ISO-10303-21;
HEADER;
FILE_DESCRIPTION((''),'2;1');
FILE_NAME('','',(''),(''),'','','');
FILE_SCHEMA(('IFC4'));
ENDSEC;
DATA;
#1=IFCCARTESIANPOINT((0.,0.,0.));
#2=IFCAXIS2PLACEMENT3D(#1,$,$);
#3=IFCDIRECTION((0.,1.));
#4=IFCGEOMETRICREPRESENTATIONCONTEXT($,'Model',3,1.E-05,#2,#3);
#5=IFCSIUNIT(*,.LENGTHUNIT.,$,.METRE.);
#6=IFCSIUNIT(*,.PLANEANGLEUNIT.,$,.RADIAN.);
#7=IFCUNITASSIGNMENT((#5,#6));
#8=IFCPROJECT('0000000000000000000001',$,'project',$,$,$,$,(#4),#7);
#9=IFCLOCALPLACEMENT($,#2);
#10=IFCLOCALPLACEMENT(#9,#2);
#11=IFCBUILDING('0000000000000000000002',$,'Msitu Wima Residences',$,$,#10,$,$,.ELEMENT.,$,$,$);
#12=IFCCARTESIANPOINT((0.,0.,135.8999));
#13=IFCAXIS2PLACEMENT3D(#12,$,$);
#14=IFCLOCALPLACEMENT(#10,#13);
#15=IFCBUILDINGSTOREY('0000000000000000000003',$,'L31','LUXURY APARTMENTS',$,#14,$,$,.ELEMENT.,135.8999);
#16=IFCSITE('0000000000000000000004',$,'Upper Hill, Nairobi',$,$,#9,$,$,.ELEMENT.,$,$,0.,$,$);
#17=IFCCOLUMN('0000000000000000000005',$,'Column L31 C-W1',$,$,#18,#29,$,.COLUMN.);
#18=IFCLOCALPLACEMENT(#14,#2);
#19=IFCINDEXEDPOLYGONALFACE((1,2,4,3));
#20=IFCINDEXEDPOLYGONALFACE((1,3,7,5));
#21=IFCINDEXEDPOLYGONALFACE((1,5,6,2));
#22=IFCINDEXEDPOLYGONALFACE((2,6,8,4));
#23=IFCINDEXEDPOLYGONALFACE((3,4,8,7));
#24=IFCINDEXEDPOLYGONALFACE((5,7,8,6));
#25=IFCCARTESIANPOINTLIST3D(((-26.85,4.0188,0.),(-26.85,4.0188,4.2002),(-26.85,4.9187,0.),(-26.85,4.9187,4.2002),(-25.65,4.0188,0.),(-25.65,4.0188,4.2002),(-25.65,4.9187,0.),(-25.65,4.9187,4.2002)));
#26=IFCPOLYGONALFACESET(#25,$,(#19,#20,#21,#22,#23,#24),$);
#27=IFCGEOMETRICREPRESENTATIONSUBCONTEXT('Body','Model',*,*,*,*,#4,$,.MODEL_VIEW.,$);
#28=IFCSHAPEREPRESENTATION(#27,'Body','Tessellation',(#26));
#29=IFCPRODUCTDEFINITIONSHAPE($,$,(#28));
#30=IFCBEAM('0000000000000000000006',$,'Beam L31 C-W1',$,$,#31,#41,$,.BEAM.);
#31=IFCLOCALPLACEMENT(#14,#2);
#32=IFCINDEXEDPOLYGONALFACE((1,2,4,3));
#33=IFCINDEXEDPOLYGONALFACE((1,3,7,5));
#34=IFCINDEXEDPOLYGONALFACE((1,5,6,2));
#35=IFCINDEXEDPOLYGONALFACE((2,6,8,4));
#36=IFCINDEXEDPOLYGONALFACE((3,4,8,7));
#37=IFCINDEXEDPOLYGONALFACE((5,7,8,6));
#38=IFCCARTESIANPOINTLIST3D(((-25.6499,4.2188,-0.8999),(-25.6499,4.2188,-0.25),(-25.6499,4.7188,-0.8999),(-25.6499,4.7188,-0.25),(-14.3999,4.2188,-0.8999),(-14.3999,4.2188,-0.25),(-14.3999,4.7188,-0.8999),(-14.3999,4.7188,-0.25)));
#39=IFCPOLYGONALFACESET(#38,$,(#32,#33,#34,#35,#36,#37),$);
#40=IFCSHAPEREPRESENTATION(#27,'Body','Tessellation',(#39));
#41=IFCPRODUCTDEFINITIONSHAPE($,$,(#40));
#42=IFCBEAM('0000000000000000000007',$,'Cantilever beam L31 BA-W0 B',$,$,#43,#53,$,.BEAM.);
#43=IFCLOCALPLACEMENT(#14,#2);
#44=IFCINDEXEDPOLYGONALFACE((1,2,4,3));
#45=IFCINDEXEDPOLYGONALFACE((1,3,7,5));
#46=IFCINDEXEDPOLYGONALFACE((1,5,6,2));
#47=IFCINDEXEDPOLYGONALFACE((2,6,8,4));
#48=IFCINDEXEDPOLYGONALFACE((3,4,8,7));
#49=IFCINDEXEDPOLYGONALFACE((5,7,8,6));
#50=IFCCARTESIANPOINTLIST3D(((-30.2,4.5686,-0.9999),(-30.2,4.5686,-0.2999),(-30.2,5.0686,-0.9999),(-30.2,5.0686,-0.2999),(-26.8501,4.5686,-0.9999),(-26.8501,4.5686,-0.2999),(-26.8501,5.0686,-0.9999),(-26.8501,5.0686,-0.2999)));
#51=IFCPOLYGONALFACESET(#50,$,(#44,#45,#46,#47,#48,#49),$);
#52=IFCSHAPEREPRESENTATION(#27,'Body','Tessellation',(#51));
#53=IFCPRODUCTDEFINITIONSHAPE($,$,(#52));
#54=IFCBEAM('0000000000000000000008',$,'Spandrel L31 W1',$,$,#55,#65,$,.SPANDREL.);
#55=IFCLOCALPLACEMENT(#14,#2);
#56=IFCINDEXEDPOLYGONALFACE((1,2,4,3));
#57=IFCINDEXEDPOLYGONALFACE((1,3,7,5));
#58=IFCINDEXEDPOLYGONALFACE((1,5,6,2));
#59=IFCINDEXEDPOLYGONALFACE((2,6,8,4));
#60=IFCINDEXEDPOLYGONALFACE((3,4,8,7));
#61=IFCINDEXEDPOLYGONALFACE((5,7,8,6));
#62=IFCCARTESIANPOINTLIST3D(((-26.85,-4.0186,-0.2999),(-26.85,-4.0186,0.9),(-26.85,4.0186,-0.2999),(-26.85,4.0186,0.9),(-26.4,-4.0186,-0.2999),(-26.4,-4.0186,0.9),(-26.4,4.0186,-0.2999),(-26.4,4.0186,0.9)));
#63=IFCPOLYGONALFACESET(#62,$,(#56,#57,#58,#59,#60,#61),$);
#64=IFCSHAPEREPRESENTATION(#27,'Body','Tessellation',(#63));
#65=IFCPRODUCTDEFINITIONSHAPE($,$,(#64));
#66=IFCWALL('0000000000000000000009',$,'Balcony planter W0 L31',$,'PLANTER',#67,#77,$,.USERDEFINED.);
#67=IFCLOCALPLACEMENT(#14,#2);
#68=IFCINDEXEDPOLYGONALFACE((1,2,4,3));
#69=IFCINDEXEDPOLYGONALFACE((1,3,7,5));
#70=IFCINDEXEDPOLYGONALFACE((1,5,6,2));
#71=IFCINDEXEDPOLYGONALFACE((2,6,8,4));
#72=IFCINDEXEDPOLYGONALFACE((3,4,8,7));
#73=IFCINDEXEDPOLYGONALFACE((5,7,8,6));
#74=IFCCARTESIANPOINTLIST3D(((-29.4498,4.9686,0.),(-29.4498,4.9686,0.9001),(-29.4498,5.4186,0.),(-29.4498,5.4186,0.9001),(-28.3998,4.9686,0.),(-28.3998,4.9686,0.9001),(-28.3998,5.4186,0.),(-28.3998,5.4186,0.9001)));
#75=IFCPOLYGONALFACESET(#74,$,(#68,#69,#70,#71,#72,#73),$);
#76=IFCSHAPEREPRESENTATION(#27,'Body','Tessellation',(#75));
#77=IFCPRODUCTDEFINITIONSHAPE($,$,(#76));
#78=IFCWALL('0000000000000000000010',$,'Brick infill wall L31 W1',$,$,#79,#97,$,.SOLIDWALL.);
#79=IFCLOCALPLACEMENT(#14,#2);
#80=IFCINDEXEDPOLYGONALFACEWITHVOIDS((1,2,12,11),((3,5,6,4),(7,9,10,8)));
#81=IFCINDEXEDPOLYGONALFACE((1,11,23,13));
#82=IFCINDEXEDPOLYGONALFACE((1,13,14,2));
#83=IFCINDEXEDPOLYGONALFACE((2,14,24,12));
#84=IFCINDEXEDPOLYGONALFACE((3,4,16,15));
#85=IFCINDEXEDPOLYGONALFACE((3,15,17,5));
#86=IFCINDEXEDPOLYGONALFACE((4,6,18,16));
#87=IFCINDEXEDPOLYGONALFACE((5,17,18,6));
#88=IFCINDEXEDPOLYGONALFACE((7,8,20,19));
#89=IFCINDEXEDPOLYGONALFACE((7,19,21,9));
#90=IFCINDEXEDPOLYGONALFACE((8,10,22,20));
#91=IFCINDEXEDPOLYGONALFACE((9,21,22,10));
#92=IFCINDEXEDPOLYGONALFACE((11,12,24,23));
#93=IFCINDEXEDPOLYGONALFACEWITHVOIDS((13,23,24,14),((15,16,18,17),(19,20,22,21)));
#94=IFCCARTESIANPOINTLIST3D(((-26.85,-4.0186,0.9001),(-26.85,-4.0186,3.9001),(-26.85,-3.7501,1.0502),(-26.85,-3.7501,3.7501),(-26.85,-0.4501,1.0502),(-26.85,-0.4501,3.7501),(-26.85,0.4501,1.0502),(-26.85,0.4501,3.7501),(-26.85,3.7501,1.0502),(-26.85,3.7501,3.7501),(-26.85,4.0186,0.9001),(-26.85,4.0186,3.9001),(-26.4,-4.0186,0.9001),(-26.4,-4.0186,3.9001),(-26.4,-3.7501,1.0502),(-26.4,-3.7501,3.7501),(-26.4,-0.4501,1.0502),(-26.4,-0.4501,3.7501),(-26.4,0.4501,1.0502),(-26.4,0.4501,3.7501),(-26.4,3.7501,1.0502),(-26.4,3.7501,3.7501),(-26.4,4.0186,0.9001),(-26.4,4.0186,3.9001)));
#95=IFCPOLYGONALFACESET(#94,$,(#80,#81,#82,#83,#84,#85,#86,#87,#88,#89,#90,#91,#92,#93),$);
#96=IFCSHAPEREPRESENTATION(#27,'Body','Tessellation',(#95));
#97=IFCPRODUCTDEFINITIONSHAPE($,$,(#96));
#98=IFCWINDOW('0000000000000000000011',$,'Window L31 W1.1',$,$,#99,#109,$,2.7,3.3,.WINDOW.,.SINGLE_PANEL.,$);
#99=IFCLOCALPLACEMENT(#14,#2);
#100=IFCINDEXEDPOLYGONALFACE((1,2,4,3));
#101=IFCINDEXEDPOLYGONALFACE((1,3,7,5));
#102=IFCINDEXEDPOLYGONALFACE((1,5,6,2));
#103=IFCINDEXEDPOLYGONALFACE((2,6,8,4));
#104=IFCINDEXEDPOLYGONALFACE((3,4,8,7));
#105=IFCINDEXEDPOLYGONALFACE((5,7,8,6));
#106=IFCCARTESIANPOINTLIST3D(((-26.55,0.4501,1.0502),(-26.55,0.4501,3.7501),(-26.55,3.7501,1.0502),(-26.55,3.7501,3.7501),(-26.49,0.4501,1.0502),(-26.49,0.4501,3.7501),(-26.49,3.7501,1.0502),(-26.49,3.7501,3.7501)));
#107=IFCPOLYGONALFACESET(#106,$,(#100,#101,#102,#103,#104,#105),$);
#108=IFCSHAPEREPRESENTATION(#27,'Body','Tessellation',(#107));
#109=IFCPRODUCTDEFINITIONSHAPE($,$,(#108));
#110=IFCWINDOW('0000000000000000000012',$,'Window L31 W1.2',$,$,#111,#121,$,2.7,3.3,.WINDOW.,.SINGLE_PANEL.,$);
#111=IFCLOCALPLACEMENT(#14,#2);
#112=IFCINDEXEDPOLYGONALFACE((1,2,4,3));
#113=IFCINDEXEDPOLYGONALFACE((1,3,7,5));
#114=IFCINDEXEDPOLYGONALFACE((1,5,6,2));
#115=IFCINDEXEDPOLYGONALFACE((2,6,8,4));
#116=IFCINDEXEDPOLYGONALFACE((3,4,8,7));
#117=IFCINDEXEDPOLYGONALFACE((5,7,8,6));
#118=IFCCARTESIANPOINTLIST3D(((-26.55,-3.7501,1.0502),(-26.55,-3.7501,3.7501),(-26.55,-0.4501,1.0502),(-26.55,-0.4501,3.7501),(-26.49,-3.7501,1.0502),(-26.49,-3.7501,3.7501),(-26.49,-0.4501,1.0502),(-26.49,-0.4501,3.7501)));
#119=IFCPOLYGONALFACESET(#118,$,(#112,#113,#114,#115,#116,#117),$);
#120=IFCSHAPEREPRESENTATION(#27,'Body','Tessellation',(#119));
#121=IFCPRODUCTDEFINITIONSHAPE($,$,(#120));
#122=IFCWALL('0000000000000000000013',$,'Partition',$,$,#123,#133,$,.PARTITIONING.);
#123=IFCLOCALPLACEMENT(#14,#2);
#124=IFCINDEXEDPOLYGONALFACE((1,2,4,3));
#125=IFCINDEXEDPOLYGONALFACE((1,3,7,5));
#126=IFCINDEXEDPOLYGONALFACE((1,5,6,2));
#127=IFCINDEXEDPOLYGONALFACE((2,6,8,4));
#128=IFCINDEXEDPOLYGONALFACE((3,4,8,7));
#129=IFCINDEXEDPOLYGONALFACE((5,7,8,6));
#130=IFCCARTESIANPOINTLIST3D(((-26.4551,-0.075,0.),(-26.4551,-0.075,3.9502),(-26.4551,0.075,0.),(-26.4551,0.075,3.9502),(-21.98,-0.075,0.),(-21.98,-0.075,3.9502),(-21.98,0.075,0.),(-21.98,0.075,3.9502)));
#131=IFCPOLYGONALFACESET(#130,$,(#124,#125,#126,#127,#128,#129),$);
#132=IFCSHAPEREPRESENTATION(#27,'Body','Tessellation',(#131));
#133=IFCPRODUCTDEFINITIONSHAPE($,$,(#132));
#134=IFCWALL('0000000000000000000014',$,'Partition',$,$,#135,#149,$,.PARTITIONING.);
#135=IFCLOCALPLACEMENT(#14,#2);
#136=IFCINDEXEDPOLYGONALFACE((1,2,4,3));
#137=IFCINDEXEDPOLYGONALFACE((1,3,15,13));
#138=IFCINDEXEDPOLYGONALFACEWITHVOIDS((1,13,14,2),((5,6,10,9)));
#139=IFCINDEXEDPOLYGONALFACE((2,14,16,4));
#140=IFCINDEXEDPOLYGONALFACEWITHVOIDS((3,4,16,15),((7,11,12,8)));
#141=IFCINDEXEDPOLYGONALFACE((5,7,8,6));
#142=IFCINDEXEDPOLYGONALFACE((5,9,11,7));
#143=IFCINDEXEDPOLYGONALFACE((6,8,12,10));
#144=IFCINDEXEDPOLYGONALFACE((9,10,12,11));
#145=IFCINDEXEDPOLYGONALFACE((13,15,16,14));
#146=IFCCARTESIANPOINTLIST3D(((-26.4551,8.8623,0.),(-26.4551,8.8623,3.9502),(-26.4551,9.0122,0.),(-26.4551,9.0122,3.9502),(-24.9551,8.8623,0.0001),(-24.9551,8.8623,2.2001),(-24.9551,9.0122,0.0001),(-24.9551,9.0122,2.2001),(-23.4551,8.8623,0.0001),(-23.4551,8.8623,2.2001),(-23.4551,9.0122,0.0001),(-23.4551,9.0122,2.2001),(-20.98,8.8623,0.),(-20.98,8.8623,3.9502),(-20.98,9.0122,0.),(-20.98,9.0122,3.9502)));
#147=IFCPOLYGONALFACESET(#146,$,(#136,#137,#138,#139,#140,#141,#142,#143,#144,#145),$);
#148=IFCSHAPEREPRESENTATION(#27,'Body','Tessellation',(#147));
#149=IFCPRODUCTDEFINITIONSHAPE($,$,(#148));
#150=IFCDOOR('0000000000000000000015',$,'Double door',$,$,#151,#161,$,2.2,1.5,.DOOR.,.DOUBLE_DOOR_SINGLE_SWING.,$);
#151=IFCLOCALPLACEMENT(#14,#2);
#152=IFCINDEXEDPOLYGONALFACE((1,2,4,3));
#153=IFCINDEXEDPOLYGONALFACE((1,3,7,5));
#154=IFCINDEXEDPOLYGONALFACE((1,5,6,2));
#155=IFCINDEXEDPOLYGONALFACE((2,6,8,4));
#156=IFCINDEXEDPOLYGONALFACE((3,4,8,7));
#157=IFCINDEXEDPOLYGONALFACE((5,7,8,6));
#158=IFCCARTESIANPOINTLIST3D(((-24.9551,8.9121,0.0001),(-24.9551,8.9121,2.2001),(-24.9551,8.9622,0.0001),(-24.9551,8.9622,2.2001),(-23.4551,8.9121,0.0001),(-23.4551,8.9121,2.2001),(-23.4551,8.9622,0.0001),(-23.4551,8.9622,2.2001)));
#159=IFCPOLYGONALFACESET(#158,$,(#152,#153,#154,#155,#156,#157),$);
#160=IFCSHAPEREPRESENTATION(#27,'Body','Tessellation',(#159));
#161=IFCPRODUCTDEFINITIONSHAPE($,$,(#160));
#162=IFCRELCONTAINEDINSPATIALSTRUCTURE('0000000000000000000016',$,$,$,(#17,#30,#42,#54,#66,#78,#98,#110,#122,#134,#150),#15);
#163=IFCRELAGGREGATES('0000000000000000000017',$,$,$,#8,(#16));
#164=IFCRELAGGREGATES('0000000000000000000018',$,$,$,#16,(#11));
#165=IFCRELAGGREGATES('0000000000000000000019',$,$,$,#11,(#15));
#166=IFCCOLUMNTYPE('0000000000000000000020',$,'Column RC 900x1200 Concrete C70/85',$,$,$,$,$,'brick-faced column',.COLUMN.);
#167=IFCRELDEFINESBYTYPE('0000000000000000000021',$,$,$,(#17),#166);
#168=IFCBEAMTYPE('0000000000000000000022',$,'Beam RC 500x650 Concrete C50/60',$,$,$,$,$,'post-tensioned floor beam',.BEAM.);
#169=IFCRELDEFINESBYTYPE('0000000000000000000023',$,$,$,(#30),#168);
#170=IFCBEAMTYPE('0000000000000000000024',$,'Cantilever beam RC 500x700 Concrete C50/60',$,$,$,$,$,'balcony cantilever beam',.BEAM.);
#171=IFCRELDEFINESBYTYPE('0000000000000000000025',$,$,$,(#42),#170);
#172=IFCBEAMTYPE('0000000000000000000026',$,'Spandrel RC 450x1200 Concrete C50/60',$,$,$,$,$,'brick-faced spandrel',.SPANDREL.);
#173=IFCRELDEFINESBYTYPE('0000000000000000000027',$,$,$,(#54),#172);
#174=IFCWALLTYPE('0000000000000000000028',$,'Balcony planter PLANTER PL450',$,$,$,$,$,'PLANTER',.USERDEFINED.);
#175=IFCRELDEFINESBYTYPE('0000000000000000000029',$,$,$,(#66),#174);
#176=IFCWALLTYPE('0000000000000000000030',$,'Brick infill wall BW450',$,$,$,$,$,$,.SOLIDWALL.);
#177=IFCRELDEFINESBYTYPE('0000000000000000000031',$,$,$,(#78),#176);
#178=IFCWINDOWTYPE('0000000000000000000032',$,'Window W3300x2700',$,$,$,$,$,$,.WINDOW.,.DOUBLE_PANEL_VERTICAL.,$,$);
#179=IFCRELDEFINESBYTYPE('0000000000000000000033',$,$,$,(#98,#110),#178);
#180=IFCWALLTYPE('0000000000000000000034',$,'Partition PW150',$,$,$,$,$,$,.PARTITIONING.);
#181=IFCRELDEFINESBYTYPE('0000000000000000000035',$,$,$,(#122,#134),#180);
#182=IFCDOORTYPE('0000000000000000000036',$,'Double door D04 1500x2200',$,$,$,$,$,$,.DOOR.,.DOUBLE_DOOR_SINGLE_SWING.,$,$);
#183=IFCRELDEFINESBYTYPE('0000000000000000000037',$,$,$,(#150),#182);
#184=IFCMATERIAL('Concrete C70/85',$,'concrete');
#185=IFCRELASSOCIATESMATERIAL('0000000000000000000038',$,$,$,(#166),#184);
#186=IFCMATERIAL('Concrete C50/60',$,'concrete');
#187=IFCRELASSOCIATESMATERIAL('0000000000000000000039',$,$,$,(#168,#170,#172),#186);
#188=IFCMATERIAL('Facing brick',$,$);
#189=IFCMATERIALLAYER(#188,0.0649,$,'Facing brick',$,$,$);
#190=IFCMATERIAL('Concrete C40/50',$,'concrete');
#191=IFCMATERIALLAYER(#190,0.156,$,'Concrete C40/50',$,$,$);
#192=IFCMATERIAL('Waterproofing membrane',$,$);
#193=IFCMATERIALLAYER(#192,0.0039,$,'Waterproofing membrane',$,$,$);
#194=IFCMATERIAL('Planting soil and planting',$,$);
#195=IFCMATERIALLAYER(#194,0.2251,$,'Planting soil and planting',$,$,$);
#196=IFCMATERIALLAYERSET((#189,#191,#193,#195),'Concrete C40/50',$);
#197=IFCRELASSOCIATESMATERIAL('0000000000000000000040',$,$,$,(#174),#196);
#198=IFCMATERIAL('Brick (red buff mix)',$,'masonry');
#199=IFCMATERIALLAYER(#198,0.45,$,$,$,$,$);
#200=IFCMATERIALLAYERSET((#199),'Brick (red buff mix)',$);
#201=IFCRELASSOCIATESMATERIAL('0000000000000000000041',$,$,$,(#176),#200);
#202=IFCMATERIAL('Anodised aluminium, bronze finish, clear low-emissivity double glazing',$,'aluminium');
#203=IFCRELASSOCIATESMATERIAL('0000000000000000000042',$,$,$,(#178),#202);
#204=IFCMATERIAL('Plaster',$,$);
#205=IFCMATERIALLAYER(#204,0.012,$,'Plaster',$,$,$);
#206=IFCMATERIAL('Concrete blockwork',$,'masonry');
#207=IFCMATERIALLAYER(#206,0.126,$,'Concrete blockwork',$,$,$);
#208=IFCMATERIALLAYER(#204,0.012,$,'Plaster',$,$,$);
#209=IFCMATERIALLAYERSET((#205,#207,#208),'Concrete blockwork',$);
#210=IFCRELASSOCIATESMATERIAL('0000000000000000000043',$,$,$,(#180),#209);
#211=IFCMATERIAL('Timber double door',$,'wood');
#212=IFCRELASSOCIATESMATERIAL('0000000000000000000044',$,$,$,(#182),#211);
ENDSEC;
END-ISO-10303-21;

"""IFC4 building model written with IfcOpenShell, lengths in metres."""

from ifc_helpers import new_model, si_unit, direction, frame, frame_2d, origin, origin_2d, place, context, subcontext, project, spatial, rectangle, extrude, material, layer, layer_set, material_profile, profile_set, type_object, element, fill, save


model = new_model("IFC4")

# Units and contexts
model_context = context("Model", 3, precision=1e-05, world=origin(), true_north=direction((0.0, 1.0)))
body_context = subcontext(model_context, "Body", "Model", "MODEL_VIEW")
ifc_project = project(units=[si_unit("LENGTHUNIT", "METRE"), si_unit("PLANEANGLEUNIT", "RADIAN")], contexts=[model_context])

# Site, building, storey
site_placement = place(None, origin())
site = spatial("IfcSite", under=ifc_project, at=site_placement, Name="Upper Hill, Nairobi", CompositionType="ELEMENT", RefElevation=0.0)
building_placement = place(site_placement, origin())
building = spatial("IfcBuilding", under=site, at=building_placement, Name="Msitu Wima Residences", CompositionType="ELEMENT")
storey_placement = place(building_placement, frame((0.0, 0.0, 135.8999)))
storey = spatial("IfcBuildingStorey", under=building, at=storey_placement, Name="L31", Description="LUXURY APARTMENTS", CompositionType="ELEMENT", Elevation=135.8999)

# Column
ifc_material_1 = material(Name="Concrete C70/85", Category="concrete")
ifc_material_profile_1 = material_profile(ifc_material_1, rectangle(XDim=0.8999, YDim=1.2, at=origin_2d()), Name="RC 900x1200")
ifc_profile_set_1 = profile_set([ifc_material_profile_1], Name="Concrete C70/85")
column_type = type_object("IfcColumnType", Name="Column RC 900x1200 Concrete C70/85", ElementType="brick-faced column", PredefinedType="COLUMN", material=ifc_profile_set_1)
column_placement = place(storey_placement, frame((-26.25, 4.4688, 0.0), z_axis=(0.0, 0.0, 1.0), x_axis=(0.0, -1.0, 0.0)))
element("IfcColumn", 1, at=column_placement, inside=storey, type_object=column_type, Name="Column L31 C-W1", PredefinedType="COLUMN", context=body_context, shape_type="SweptSolid", body=[
    extrude(rectangle(XDim=0.8999, YDim=1.2, at=origin_2d()), origin(), (0.0, 0.0, 1.0), 4.2002),
])

# Beams
ifc_material_2 = material(Name="Concrete C50/60", Category="concrete")
ifc_material_profile_2 = material_profile(ifc_material_2, rectangle(XDim=0.5, YDim=0.6499, at=origin_2d()), Name="RC 500x650")
ifc_profile_set_2 = profile_set([ifc_material_profile_2], Name="Concrete C50/60")
beam_type_1 = type_object("IfcBeamType", Name="Beam RC 500x650 Concrete C50/60", ElementType="post-tensioned floor beam", PredefinedType="BEAM", material=ifc_profile_set_2)
beam_1_placement = place(storey_placement, frame((-25.6499, 4.4688, -0.575), z_axis=(1.0, 0.0, 0.0), x_axis=(0.0, 1.0, 0.0)))
element("IfcBeam", 2, at=beam_1_placement, inside=storey, type_object=beam_type_1, Name="Beam L31 C-W1", PredefinedType="BEAM", context=body_context, shape_type="SweptSolid", body=[
    extrude(rectangle(XDim=0.5, YDim=0.6499, at=origin_2d()), origin(), (0.0, 0.0, 1.0), 11.25),
])
ifc_material_profile_3 = material_profile(ifc_material_2, rectangle(XDim=0.5, YDim=0.7, at=origin_2d()), Name="RC 500x700")
ifc_profile_set_3 = profile_set([ifc_material_profile_3], Name="Concrete C50/60")
beam_type_2 = type_object("IfcBeamType", Name="Cantilever beam RC 500x700 Concrete C50/60", ElementType="balcony cantilever beam", PredefinedType="BEAM", material=ifc_profile_set_3)
beam_2_placement = place(storey_placement, frame((-26.8501, 4.8186, -0.6499), z_axis=(-1.0, 0.0, 0.0), x_axis=(0.0, -1.0, 0.0)))
element("IfcBeam", 3, at=beam_2_placement, inside=storey, type_object=beam_type_2, Name="Cantilever beam L31 BA-W0 B", PredefinedType="BEAM", context=body_context, shape_type="SweptSolid", body=[
    extrude(rectangle(XDim=0.5, YDim=0.7, at=origin_2d()), origin(), (0.0, 0.0, 1.0), 3.3499),
])
ifc_material_profile_4 = material_profile(ifc_material_2, rectangle(XDim=0.45, YDim=1.2, at=origin_2d()), Name="RC 450x1200")
ifc_profile_set_4 = profile_set([ifc_material_profile_4], Name="Concrete C50/60")
beam_type_3 = type_object("IfcBeamType", Name="Spandrel RC 450x1200 Concrete C50/60", ElementType="brick-faced spandrel", PredefinedType="SPANDREL", material=ifc_profile_set_4)
beam_3_placement = place(storey_placement, frame((-26.625, 4.0186, 0.3), z_axis=(0.0, -1.0, 0.0), x_axis=(1.0, 0.0, 0.0)))
element("IfcBeam", 4, at=beam_3_placement, inside=storey, type_object=beam_type_3, Name="Spandrel L31 W1", PredefinedType="SPANDREL", context=body_context, shape_type="SweptSolid", body=[
    extrude(rectangle(XDim=0.45, YDim=1.2, at=origin_2d()), origin(), (0.0, 0.0, 1.0), 8.0371),
])

# Wall
ifc_material_3 = material(Name="Facing brick")
ifc_layer_1 = layer(ifc_material_3, 0.0649, Name="Facing brick")
ifc_material_4 = material(Name="Concrete C40/50", Category="concrete")
ifc_layer_2 = layer(ifc_material_4, 0.156, Name="Concrete C40/50")
ifc_material_5 = material(Name="Waterproofing membrane")
ifc_layer_3 = layer(ifc_material_5, 0.0039, Name="Waterproofing membrane")
ifc_material_6 = material(Name="Planting soil and planting")
ifc_layer_4 = layer(ifc_material_6, 0.2251, Name="Planting soil and planting")
ifc_layer_set_1 = layer_set([ifc_layer_1, ifc_layer_2, ifc_layer_3, ifc_layer_4], Name="Concrete C40/50")
wall_type_1 = type_object("IfcWallType", Name="Balcony planter PLANTER PL450", ElementType="PLANTER", PredefinedType="USERDEFINED", material=ifc_layer_set_1)
wall_1_placement = place(storey_placement, frame((-28.3999, 5.1936, 0.0), z_axis=(0.0, 0.0, 1.0), x_axis=(-1.0, 0.0, 0.0)))
element("IfcWall", 5, at=wall_1_placement, inside=storey, type_object=wall_type_1, Name="Balcony planter W0 L31", ObjectType="PLANTER", PredefinedType="USERDEFINED", context=body_context, shape_type="SweptSolid", body=[
    extrude(rectangle(XDim=1.05, YDim=0.45, at=frame_2d((0.5249, 0.0))), origin(), (0.0, 0.0, 1.0), 0.9001),
])

# Wall, openings, windows
ifc_material_7 = material(Name="Brick (red buff mix)", Category="masonry")
ifc_layer_5 = layer(ifc_material_7, 0.45)
ifc_layer_set_2 = layer_set([ifc_layer_5], Name="Brick (red buff mix)")
wall_type_2 = type_object("IfcWallType", Name="Brick infill wall BW450", PredefinedType="SOLIDWALL", material=ifc_layer_set_2)
wall_2_placement = place(storey_placement, frame((-26.625, 4.0186, 0.9001), z_axis=(0.0, 0.0, 1.0), x_axis=(0.0, -1.0, 0.0)))
wall_2 = element("IfcWall", 6, at=wall_2_placement, inside=storey, type_object=wall_type_2, Name="Brick infill wall L31 W1", PredefinedType="SOLIDWALL", context=body_context, shape_type="SweptSolid", body=[
    extrude(rectangle(XDim=8.0371, YDim=0.45, at=frame_2d((4.0186, 0.0))), origin(), (0.0, 0.0, 1.0), 3.0),
])
opening_1_placement = place(wall_2_placement, frame((0.2686, 0.0, 0.1499)))
opening_1 = element("IfcOpeningElement", 7, at=opening_1_placement, cuts=wall_2, PredefinedType="OPENING", context=body_context, shape_type="SweptSolid", body=[
    extrude(rectangle(XDim=3.3, YDim=2.7, at=frame_2d((1.6499, 1.3501))), frame((0.0, 0.2349, 0.0), z_axis=(0.0, -1.0, 0.0), x_axis=(1.0, 0.0, 0.0)), (0.0, 0.0, 1.0), 0.47),
])
opening_2_placement = place(wall_2_placement, frame((4.4688, 0.0, 0.1499)))
opening_2 = element("IfcOpeningElement", 8, at=opening_2_placement, cuts=wall_2, PredefinedType="OPENING", context=body_context, shape_type="SweptSolid", body=[
    extrude(rectangle(XDim=3.3, YDim=2.7, at=frame_2d((1.6499, 1.3501))), frame((0.0, 0.2349, 0.0), z_axis=(0.0, -1.0, 0.0), x_axis=(1.0, 0.0, 0.0)), (0.0, 0.0, 1.0), 0.47),
])
ifc_material_8 = material(Name="Anodised aluminium, bronze finish, clear low-emissivity double glazing", Category="aluminium")
window_type = type_object("IfcWindowType", Name="Window W3300x2700", PartitioningType="DOUBLE_PANEL_VERTICAL", PredefinedType="WINDOW", material=ifc_material_8)
window_1_placement = place(opening_1_placement, origin())
window_1 = element("IfcWindow", 9, at=window_1_placement, inside=storey, type_object=window_type, Name="Window L31 W1.1", OverallHeight=2.7, OverallWidth=3.3, PartitioningType="SINGLE_PANEL", PredefinedType="WINDOW", context=body_context, shape_type="SweptSolid", body=[
    extrude(rectangle(XDim=3.3, YDim=2.7, at=frame_2d((1.6499, 1.3501))), frame((0.0, 0.135, 0.0), z_axis=(0.0, -1.0, 0.0), x_axis=(1.0, 0.0, 0.0)), (0.0, 0.0, 1.0), 0.0601),
])
fill(opening_1, window_1)
window_2_placement = place(opening_2_placement, origin())
window_2 = element("IfcWindow", 10, at=window_2_placement, inside=storey, type_object=window_type, Name="Window L31 W1.2", OverallHeight=2.7, OverallWidth=3.3, PartitioningType="SINGLE_PANEL", PredefinedType="WINDOW", context=body_context, shape_type="SweptSolid", body=[
    extrude(rectangle(XDim=3.3, YDim=2.7, at=frame_2d((1.6499, 1.3501))), frame((0.0, 0.135, 0.0), z_axis=(0.0, -1.0, 0.0), x_axis=(1.0, 0.0, 0.0)), (0.0, 0.0, 1.0), 0.0601),
])
fill(opening_2, window_2)

# Wall
ifc_material_9 = material(Name="Plaster")
ifc_layer_6 = layer(ifc_material_9, 0.012, Name="Plaster")
ifc_material_10 = material(Name="Concrete blockwork", Category="masonry")
ifc_layer_7 = layer(ifc_material_10, 0.126, Name="Concrete blockwork")
ifc_layer_8 = layer(ifc_material_9, 0.012, Name="Plaster")
ifc_layer_set_3 = layer_set([ifc_layer_6, ifc_layer_7, ifc_layer_8], Name="Concrete blockwork")
wall_type_3 = type_object("IfcWallType", Name="Partition PW150", PredefinedType="PARTITIONING", material=ifc_layer_set_3)
wall_3_placement = place(storey_placement, frame((-26.4551, 0.0, 0.0), z_axis=(0.0, 0.0, 1.0), x_axis=(1.0, 0.0, 0.0)))
element("IfcWall", 11, at=wall_3_placement, inside=storey, type_object=wall_type_3, Name="Partition", PredefinedType="PARTITIONING", context=body_context, shape_type="SweptSolid", body=[
    extrude(rectangle(XDim=4.4751, YDim=0.1499, at=frame_2d((2.2375, 0.0))), origin(), (0.0, 0.0, 1.0), 3.9502),
])

# Wall, opening, door
wall_4_placement = place(storey_placement, frame((-26.4551, 8.9373, 0.0), z_axis=(0.0, 0.0, 1.0), x_axis=(1.0, 0.0, 0.0)))
wall_4 = element("IfcWall", 12, at=wall_4_placement, inside=storey, type_object=wall_type_3, Name="Partition", PredefinedType="PARTITIONING", context=body_context, shape_type="SweptSolid", body=[
    extrude(rectangle(XDim=5.4751, YDim=0.1499, at=frame_2d((2.7375, 0.0))), origin(), (0.0, 0.0, 1.0), 3.9502),
])
opening_3_placement = place(wall_4_placement, frame((1.5, 0.0, 0.0)))
opening_3 = element("IfcOpeningElement", 13, at=opening_3_placement, cuts=wall_4, PredefinedType="OPENING", context=body_context, shape_type="SweptSolid", body=[
    extrude(rectangle(XDim=1.5, YDim=2.2, at=frame_2d((0.75, 1.1001))), frame((0.0, 0.085, 0.0), z_axis=(0.0, -1.0, 0.0), x_axis=(1.0, 0.0, 0.0)), (0.0, 0.0, 1.0), 0.1699),
])
ifc_material_11 = material(Name="Timber double door", Category="wood")
door_type_1 = type_object("IfcDoorType", Name="Double door D04 1500x2200", OperationType="DOUBLE_DOOR_SINGLE_SWING", PredefinedType="DOOR", material=ifc_material_11)
door_1_placement = place(opening_3_placement, origin())
door_1 = element("IfcDoor", 14, at=door_1_placement, inside=storey, type_object=door_type_1, Name="Double door", OperationType="DOUBLE_DOOR_SINGLE_SWING", OverallHeight=2.2, OverallWidth=1.5, PredefinedType="DOOR", context=body_context, shape_type="SweptSolid", body=[
    extrude(rectangle(XDim=1.5, YDim=2.2, at=frame_2d((0.75, 1.1001))), frame((0.0, 0.0249, 0.0), z_axis=(0.0, -1.0, 0.0), x_axis=(1.0, 0.0, 0.0)), (0.0, 0.0, 1.0), 0.05),
])
fill(opening_3, door_1)

save(model, "model.ifc")
